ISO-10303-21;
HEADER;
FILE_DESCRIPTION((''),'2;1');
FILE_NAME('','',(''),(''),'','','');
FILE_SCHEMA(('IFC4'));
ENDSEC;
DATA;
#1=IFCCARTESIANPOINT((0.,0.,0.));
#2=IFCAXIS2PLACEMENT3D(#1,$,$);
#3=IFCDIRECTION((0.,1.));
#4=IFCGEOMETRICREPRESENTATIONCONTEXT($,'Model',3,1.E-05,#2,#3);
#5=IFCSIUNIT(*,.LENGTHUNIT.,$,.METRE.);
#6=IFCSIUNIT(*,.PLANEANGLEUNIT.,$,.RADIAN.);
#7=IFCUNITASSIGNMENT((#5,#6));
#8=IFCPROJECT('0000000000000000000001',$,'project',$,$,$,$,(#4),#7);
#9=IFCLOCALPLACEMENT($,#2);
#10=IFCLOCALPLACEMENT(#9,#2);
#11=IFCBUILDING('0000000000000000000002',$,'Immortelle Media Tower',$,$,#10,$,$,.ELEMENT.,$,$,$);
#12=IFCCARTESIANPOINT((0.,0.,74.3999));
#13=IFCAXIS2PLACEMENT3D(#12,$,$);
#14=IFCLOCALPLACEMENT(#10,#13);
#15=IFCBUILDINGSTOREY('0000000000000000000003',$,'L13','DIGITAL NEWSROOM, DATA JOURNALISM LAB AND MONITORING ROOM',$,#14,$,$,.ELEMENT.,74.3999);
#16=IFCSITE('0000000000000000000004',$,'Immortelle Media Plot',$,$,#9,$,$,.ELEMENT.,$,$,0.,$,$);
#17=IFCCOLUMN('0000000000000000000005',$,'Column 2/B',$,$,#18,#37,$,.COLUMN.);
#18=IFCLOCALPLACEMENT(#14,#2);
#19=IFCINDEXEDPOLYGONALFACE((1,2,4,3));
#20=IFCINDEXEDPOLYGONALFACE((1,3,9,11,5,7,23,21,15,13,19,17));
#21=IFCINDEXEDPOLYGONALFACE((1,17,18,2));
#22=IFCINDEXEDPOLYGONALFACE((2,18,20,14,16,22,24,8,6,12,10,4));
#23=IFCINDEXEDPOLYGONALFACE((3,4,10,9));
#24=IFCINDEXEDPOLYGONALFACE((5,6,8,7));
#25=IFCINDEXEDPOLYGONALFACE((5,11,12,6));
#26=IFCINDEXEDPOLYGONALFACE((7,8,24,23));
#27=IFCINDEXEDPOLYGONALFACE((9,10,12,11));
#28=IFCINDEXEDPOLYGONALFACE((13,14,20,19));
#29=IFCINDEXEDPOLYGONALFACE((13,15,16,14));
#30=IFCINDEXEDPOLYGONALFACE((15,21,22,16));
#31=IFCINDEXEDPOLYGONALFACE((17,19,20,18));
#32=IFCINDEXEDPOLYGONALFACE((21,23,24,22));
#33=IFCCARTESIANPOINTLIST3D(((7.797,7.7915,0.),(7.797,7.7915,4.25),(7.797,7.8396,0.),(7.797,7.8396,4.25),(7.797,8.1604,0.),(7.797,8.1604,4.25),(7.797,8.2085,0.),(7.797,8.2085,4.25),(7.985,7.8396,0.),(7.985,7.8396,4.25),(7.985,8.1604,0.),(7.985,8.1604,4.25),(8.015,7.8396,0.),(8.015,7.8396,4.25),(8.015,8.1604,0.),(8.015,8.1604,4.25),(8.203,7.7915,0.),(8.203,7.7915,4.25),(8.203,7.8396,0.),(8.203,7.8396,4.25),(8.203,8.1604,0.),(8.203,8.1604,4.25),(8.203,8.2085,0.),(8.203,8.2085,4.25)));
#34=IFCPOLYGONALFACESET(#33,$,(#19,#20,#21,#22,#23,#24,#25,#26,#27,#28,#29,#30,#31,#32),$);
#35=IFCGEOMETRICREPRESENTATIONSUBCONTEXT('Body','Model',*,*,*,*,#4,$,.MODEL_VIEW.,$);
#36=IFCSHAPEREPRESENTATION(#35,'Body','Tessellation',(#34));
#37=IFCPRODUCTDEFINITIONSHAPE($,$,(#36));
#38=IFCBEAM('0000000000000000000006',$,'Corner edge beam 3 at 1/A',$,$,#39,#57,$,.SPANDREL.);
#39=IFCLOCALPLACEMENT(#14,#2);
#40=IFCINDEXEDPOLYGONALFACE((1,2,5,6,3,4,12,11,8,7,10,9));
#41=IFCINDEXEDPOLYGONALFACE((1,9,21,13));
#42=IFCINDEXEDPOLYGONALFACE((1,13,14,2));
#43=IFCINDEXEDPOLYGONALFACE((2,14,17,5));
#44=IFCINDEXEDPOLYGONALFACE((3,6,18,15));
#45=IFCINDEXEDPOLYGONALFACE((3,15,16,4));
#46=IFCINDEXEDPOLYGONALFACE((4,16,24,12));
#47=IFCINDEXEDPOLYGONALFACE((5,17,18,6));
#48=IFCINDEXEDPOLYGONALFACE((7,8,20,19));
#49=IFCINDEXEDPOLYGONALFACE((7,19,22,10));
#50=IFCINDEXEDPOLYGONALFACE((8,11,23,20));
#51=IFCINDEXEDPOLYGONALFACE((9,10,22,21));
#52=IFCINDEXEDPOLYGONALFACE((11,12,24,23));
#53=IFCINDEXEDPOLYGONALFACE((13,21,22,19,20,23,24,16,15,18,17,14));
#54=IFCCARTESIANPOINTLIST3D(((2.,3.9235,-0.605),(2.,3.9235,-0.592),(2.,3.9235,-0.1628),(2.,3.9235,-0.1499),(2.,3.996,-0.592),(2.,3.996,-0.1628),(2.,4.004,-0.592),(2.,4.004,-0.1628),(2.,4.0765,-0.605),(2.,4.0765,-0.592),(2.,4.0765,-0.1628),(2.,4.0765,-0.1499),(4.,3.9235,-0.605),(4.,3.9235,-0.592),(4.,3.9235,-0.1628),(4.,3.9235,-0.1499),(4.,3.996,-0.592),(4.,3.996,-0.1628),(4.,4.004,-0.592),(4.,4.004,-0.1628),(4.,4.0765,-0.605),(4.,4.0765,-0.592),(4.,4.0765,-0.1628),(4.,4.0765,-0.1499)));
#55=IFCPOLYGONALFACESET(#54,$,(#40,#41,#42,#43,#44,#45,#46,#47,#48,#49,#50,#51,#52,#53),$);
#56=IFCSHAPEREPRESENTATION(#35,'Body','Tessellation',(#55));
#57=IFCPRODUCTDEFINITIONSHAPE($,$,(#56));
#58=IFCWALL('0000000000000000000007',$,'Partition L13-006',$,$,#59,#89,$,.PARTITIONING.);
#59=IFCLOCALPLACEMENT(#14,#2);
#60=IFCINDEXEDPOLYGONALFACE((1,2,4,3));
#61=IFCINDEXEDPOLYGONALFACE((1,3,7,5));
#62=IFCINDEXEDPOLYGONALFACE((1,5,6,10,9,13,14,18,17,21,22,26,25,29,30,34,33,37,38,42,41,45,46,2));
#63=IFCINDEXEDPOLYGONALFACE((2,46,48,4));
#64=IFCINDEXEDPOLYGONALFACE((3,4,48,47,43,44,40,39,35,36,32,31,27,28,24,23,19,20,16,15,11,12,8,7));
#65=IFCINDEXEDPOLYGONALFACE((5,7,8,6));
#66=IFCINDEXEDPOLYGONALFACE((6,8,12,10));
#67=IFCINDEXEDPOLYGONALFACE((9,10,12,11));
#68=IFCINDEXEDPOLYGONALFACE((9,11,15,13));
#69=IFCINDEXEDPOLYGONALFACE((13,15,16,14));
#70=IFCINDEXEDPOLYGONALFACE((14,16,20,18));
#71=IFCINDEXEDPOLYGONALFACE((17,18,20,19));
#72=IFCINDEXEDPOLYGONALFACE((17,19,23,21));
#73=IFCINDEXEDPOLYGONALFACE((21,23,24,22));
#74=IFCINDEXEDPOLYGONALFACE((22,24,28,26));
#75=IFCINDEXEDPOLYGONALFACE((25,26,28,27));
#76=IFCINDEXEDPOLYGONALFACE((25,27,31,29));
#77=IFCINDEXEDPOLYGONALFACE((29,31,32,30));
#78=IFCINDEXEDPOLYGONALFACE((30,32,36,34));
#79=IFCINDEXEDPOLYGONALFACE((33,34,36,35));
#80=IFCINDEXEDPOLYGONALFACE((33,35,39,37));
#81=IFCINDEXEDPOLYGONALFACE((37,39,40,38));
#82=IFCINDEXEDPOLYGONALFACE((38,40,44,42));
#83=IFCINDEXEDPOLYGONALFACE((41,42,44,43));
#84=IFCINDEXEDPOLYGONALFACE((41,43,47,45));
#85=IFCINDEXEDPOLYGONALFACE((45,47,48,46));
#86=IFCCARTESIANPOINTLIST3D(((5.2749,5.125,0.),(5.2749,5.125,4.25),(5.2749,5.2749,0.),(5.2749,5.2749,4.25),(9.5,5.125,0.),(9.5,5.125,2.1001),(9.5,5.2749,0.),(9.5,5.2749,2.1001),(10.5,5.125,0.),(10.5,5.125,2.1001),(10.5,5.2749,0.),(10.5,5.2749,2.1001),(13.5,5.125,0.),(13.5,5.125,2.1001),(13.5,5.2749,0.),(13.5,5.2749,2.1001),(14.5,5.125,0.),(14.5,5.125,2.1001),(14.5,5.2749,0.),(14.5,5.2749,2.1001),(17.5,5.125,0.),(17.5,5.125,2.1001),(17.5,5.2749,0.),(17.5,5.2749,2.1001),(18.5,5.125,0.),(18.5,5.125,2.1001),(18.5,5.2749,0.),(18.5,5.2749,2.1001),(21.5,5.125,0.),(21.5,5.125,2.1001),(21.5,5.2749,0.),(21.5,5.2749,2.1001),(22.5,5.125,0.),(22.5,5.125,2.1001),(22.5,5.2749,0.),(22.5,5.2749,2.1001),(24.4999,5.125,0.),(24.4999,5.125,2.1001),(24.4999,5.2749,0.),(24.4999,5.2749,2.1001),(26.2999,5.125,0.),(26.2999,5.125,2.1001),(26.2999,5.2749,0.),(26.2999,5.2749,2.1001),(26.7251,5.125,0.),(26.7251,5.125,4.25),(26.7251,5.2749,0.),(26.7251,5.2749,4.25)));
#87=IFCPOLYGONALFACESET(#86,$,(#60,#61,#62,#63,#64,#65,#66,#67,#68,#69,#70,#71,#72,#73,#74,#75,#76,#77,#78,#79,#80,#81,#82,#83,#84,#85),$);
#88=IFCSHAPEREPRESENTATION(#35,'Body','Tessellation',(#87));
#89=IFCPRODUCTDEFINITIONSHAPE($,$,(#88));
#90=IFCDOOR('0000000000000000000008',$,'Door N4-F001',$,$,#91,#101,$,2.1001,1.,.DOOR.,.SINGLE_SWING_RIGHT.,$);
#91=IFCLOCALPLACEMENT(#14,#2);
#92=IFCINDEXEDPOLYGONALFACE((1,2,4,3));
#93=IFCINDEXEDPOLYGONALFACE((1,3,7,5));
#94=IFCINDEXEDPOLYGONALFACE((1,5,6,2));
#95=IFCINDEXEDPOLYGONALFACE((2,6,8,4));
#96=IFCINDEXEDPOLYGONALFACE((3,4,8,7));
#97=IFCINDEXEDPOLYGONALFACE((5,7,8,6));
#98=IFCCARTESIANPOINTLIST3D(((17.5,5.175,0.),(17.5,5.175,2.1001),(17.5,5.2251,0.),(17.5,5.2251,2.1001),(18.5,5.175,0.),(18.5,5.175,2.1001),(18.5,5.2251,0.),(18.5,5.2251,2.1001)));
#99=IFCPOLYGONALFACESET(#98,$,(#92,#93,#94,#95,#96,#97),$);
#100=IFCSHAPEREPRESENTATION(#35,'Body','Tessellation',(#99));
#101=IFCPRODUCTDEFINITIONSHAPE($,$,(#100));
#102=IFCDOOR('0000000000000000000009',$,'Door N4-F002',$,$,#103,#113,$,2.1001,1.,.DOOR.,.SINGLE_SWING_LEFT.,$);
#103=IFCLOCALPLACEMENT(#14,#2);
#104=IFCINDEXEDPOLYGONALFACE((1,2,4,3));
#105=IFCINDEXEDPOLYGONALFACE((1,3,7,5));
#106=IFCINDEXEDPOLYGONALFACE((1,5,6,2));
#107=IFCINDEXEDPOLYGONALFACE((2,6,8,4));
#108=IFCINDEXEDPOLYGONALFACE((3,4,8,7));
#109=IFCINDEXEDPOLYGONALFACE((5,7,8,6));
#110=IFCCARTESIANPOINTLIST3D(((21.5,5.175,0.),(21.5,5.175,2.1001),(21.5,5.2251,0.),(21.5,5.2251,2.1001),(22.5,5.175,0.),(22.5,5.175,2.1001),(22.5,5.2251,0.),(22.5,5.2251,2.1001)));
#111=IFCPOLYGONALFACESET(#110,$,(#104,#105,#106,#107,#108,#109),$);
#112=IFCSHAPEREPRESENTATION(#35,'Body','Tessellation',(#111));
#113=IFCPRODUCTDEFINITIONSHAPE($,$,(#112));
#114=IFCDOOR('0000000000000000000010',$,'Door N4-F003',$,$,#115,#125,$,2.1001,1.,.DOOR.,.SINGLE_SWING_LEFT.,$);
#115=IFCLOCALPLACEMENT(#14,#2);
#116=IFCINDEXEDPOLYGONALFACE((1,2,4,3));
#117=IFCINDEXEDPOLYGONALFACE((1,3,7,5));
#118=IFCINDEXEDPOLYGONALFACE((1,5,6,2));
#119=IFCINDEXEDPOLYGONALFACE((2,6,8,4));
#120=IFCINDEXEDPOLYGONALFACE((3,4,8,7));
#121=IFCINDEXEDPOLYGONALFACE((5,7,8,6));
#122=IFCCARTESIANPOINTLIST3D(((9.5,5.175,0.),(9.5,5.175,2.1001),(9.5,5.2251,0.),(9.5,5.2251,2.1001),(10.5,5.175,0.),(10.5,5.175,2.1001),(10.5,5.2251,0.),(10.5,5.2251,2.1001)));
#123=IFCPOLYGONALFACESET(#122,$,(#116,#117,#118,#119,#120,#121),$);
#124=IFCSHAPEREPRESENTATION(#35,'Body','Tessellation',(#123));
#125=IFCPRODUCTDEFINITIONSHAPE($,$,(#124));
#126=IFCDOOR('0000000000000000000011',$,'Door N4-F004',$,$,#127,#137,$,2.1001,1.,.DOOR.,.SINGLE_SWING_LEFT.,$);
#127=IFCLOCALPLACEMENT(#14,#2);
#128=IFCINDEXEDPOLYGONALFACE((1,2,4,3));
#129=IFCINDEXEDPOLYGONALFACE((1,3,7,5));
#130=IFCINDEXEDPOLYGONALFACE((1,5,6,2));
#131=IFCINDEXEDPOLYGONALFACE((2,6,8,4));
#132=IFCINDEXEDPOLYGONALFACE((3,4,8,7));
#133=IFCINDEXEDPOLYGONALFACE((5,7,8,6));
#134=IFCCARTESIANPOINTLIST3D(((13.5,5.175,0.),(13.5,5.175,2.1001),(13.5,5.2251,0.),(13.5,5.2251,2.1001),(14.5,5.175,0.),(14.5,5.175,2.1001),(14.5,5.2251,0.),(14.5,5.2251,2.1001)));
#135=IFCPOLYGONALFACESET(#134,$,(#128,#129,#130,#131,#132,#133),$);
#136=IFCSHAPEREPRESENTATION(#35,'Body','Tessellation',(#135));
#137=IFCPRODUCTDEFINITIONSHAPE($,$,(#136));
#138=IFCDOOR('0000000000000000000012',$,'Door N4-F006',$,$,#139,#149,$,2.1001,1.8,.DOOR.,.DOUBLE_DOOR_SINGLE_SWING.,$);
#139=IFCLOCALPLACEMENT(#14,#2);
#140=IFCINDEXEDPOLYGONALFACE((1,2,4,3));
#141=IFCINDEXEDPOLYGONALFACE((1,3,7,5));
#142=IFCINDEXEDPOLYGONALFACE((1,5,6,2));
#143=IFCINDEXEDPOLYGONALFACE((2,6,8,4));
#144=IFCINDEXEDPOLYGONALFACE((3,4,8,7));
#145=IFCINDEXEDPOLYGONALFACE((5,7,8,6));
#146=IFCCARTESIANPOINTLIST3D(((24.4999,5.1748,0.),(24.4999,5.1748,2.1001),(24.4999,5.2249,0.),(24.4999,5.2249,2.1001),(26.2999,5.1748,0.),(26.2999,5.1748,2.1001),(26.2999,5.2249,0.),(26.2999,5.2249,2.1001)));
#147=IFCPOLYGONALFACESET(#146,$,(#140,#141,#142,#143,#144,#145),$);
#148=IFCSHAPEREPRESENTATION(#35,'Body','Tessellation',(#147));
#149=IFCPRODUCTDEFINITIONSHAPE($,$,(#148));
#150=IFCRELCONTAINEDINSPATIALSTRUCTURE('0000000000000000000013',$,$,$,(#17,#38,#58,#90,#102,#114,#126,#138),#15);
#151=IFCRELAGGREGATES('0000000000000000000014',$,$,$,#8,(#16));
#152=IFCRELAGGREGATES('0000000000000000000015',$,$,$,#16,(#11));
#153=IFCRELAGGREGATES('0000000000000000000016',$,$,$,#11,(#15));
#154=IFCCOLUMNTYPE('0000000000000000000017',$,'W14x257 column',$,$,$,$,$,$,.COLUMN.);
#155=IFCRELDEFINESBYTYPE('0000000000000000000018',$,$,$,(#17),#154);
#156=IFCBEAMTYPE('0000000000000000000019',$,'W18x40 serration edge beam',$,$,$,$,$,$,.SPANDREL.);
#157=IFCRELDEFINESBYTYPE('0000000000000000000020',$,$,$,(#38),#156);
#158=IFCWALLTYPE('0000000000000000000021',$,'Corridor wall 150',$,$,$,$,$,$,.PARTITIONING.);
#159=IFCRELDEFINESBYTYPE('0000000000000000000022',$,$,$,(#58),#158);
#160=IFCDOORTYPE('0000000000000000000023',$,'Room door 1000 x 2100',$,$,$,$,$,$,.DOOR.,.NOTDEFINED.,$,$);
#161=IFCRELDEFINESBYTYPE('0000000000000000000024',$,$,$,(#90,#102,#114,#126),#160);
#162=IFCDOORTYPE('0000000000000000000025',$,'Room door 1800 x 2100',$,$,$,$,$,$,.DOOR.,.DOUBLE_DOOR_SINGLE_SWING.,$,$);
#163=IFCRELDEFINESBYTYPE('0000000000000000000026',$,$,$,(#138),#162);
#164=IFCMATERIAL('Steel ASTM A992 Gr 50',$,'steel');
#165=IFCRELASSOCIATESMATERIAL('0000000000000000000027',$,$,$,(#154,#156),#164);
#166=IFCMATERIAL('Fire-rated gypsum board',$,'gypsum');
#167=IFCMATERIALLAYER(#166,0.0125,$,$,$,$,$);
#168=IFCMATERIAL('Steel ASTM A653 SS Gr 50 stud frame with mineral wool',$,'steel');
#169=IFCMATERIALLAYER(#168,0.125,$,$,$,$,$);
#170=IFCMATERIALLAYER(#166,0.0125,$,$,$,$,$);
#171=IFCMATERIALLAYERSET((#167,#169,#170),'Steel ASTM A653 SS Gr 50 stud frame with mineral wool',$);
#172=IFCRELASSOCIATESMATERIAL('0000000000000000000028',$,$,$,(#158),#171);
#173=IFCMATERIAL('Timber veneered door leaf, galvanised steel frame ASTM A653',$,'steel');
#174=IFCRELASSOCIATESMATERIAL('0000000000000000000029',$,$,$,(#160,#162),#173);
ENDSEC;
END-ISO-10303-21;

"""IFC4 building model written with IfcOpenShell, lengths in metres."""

from ifc_helpers import new_model, si_unit, direction, frame, frame_2d, origin, origin_2d, place, context, subcontext, project, spatial, rectangle, i_section, extrude, material, layer, layer_set, material_profile, profile_set, type_object, element, fill, save


model = new_model("IFC4")

# Units and contexts
model_context = context("Model", 3, precision=1e-05, world=origin(), true_north=direction((0.0, 1.0)))
body_context = subcontext(model_context, "Body", "Model", "MODEL_VIEW")
ifc_project = project(units=[si_unit("LENGTHUNIT", "METRE"), si_unit("PLANEANGLEUNIT", "RADIAN")], contexts=[model_context])

# Site, building, storey
site_placement = place(None, origin())
site = spatial("IfcSite", under=ifc_project, at=site_placement, Name="Immortelle Media Plot", CompositionType="ELEMENT", RefElevation=0.0)
building_placement = place(site_placement, origin())
building = spatial("IfcBuilding", under=site, at=building_placement, Name="Immortelle Media Tower", CompositionType="ELEMENT")
storey_placement = place(building_placement, frame((0.0, 0.0, 74.3999)))
storey = spatial("IfcBuildingStorey", under=building, at=storey_placement, Name="L13", Description="DIGITAL NEWSROOM, DATA JOURNALISM LAB AND MONITORING ROOM", CompositionType="ELEMENT", Elevation=74.3999)

# Column
ifc_material_1 = material(Name="Steel ASTM A992 Gr 50", Category="steel")
ifc_material_profile_1 = material_profile(ifc_material_1, i_section(OverallWidth=0.406, OverallDepth=0.417, WebThickness=0.03, FlangeThickness=0.0481, at=origin_2d()), Name="W14x257")
ifc_profile_set_1 = profile_set([ifc_material_profile_1], Name="Steel ASTM A992 Gr 50")
column_type = type_object("IfcColumnType", Name="W14x257 column", PredefinedType="COLUMN", material=ifc_profile_set_1)
column_placement = place(storey_placement, frame((8.0, 8.0, 0.0), z_axis=(0.0, 0.0, 1.0), x_axis=(1.0, 0.0, 0.0)))
element("IfcColumn", 1, at=column_placement, inside=storey, type_object=column_type, Name="Column 2/B", PredefinedType="COLUMN", context=body_context, shape_type="SweptSolid", body=[
    extrude(i_section(OverallWidth=0.406, OverallDepth=0.417, WebThickness=0.03, FlangeThickness=0.0481, at=origin_2d()), origin(), (0.0, 0.0, 1.0), 4.25),
])

# Beam
ifc_material_profile_2 = material_profile(ifc_material_1, i_section(OverallWidth=0.1531, OverallDepth=0.4551, WebThickness=0.0081, FlangeThickness=0.0129, at=origin_2d()), Name="W18x40")
ifc_profile_set_2 = profile_set([ifc_material_profile_2], Name="Steel ASTM A992 Gr 50")
beam_type = type_object("IfcBeamType", Name="W18x40 serration edge beam", PredefinedType="SPANDREL", material=ifc_profile_set_2)
beam_placement = place(storey_placement, frame((4.0, 4.0, -0.3774), z_axis=(-1.0, 0.0, 0.0), x_axis=(0.0, -1.0, 0.0)))
element("IfcBeam", 2, at=beam_placement, inside=storey, type_object=beam_type, Name="Corner edge beam 3 at 1/A", PredefinedType="SPANDREL", context=body_context, shape_type="SweptSolid", body=[
    extrude(i_section(OverallWidth=0.1531, OverallDepth=0.4551, WebThickness=0.0081, FlangeThickness=0.0129, at=origin_2d()), origin(), (0.0, 0.0, 1.0), 2.0),
])

# Wall, openings, doors
ifc_material_2 = material(Name="Fire-rated gypsum board", Category="gypsum")
ifc_layer_1 = layer(ifc_material_2, 0.0125)
ifc_material_3 = material(Name="Steel ASTM A653 SS Gr 50 stud frame with mineral wool", Category="steel")
ifc_layer_2 = layer(ifc_material_3, 0.125)
ifc_layer_3 = layer(ifc_material_2, 0.0125)
ifc_layer_set_1 = layer_set([ifc_layer_1, ifc_layer_2, ifc_layer_3], Name="Steel ASTM A653 SS Gr 50 stud frame with mineral wool")
wall_type_1 = type_object("IfcWallType", Name="Corridor wall 150", PredefinedType="PARTITIONING", material=ifc_layer_set_1)
wall_1_placement = place(storey_placement, frame((5.2749, 5.2, 0.0), z_axis=(0.0, 0.0, 1.0), x_axis=(1.0, 0.0, 0.0)))
wall_1 = element("IfcWall", 3, at=wall_1_placement, inside=storey, type_object=wall_type_1, Name="Partition L13-006", PredefinedType="PARTITIONING", context=body_context, shape_type="SweptSolid", body=[
    extrude(rectangle(XDim=21.4502, YDim=0.1499, at=frame_2d((10.7251, 0.0))), origin(), (0.0, 0.0, 1.0), 4.25),
])
opening_1_placement = place(wall_1_placement, frame((13.2251, 0.0, 0.0), z_axis=(0.0, 0.0, 1.0), x_axis=(-1.0, 0.0, 0.0)))
opening_1 = element("IfcOpeningElement", 4, at=opening_1_placement, cuts=wall_1, PredefinedType="OPENING", context=body_context, shape_type="SweptSolid", body=[
    extrude(rectangle(XDim=1.0, YDim=2.1001, at=frame_2d((0.5, 1.05))), frame((0.0, 0.085, 0.0), z_axis=(0.0, -1.0, 0.0), x_axis=(1.0, 0.0, 0.0)), (0.0, 0.0, 1.0), 0.1699),
])
opening_2_placement = place(wall_1_placement, frame((17.2251, 0.0, 0.0), z_axis=(0.0, 0.0, 1.0), x_axis=(-1.0, 0.0, 0.0)))
opening_2 = element("IfcOpeningElement", 5, at=opening_2_placement, cuts=wall_1, PredefinedType="OPENING", context=body_context, shape_type="SweptSolid", body=[
    extrude(rectangle(XDim=1.0, YDim=2.1001, at=frame_2d((0.5, 1.05))), frame((0.0, 0.085, 0.0), z_axis=(0.0, -1.0, 0.0), x_axis=(1.0, 0.0, 0.0)), (0.0, 0.0, 1.0), 0.1699),
])
opening_3_placement = place(wall_1_placement, frame((5.2251, 0.0, 0.0), z_axis=(0.0, 0.0, 1.0), x_axis=(-1.0, 0.0, 0.0)))
opening_3 = element("IfcOpeningElement", 6, at=opening_3_placement, cuts=wall_1, PredefinedType="OPENING", context=body_context, shape_type="SweptSolid", body=[
    extrude(rectangle(XDim=1.0, YDim=2.1001, at=frame_2d((0.5, 1.05))), frame((0.0, 0.085, 0.0), z_axis=(0.0, -1.0, 0.0), x_axis=(1.0, 0.0, 0.0)), (0.0, 0.0, 1.0), 0.1699),
])
opening_4_placement = place(wall_1_placement, frame((9.2251, 0.0, 0.0), z_axis=(0.0, 0.0, 1.0), x_axis=(-1.0, 0.0, 0.0)))
opening_4 = element("IfcOpeningElement", 7, at=opening_4_placement, cuts=wall_1, PredefinedType="OPENING", context=body_context, shape_type="SweptSolid", body=[
    extrude(rectangle(XDim=1.0, YDim=2.1001, at=frame_2d((0.5, 1.05))), frame((0.0, 0.085, 0.0), z_axis=(0.0, -1.0, 0.0), x_axis=(1.0, 0.0, 0.0)), (0.0, 0.0, 1.0), 0.1699),
])
opening_5_placement = place(wall_1_placement, frame((19.2251, 0.0, 0.0)))
opening_5 = element("IfcOpeningElement", 8, at=opening_5_placement, cuts=wall_1, PredefinedType="OPENING", context=body_context, shape_type="SweptSolid", body=[
    extrude(rectangle(XDim=1.8, YDim=2.1001, at=frame_2d((0.8999, 1.05))), frame((0.0, 0.085, 0.0), z_axis=(0.0, -1.0, 0.0), x_axis=(1.0, 0.0, 0.0)), (0.0, 0.0, 1.0), 0.1699),
])
ifc_material_4 = material(Name="Timber veneered door leaf, galvanised steel frame ASTM A653", Category="steel")
door_type_1 = type_object("IfcDoorType", Name="Room door 1000 x 2100", OperationType="NOTDEFINED", PredefinedType="DOOR", material=ifc_material_4)
door_1_placement = place(opening_1_placement, origin())
door_1 = element("IfcDoor", 9, at=door_1_placement, inside=storey, type_object=door_type_1, Name="Door N4-F001", OperationType="SINGLE_SWING_RIGHT", OverallHeight=2.1001, OverallWidth=1.0, PredefinedType="DOOR", context=body_context, shape_type="SweptSolid", body=[
    extrude(rectangle(XDim=1.0, YDim=2.1001, at=frame_2d((0.5, 1.05))), frame((0.0, 0.0249, 0.0), z_axis=(0.0, -1.0, 0.0), x_axis=(1.0, 0.0, 0.0)), (0.0, 0.0, 1.0), 0.05),
])
fill(opening_1, door_1)
door_2_placement = place(opening_2_placement, origin())
door_2 = element("IfcDoor", 10, at=door_2_placement, inside=storey, type_object=door_type_1, Name="Door N4-F002", OperationType="SINGLE_SWING_LEFT", OverallHeight=2.1001, OverallWidth=1.0, PredefinedType="DOOR", context=body_context, shape_type="SweptSolid", body=[
    extrude(rectangle(XDim=1.0, YDim=2.1001, at=frame_2d((0.5, 1.05))), frame((0.0, 0.0249, 0.0), z_axis=(0.0, -1.0, 0.0), x_axis=(1.0, 0.0, 0.0)), (0.0, 0.0, 1.0), 0.05),
])
fill(opening_2, door_2)
door_3_placement = place(opening_3_placement, origin())
door_3 = element("IfcDoor", 11, at=door_3_placement, inside=storey, type_object=door_type_1, Name="Door N4-F003", OperationType="SINGLE_SWING_LEFT", OverallHeight=2.1001, OverallWidth=1.0, PredefinedType="DOOR", context=body_context, shape_type="SweptSolid", body=[
    extrude(rectangle(XDim=1.0, YDim=2.1001, at=frame_2d((0.5, 1.05))), frame((0.0, 0.0249, 0.0), z_axis=(0.0, -1.0, 0.0), x_axis=(1.0, 0.0, 0.0)), (0.0, 0.0, 1.0), 0.05),
])
fill(opening_3, door_3)
door_4_placement = place(opening_4_placement, origin())
door_4 = element("IfcDoor", 12, at=door_4_placement, inside=storey, type_object=door_type_1, Name="Door N4-F004", OperationType="SINGLE_SWING_LEFT", OverallHeight=2.1001, OverallWidth=1.0, PredefinedType="DOOR", context=body_context, shape_type="SweptSolid", body=[
    extrude(rectangle(XDim=1.0, YDim=2.1001, at=frame_2d((0.5, 1.05))), frame((0.0, 0.0249, 0.0), z_axis=(0.0, -1.0, 0.0), x_axis=(1.0, 0.0, 0.0)), (0.0, 0.0, 1.0), 0.05),
])
fill(opening_4, door_4)
door_type_2 = type_object("IfcDoorType", Name="Room door 1800 x 2100", OperationType="DOUBLE_DOOR_SINGLE_SWING", PredefinedType="DOOR", material=ifc_material_4)
door_5_placement = place(opening_5_placement, origin())
door_5 = element("IfcDoor", 13, at=door_5_placement, inside=storey, type_object=door_type_2, Name="Door N4-F006", OperationType="DOUBLE_DOOR_SINGLE_SWING", OverallHeight=2.1001, OverallWidth=1.8, PredefinedType="DOOR", context=body_context, shape_type="SweptSolid", body=[
    extrude(rectangle(XDim=1.8, YDim=2.1001, at=frame_2d((0.8999, 1.05))), frame((0.0, 0.0249, 0.0), z_axis=(0.0, -1.0, 0.0), x_axis=(1.0, 0.0, 0.0)), (0.0, 0.0, 1.0), 0.05),
])
fill(opening_5, door_5)

save(model, "model.ifc")
